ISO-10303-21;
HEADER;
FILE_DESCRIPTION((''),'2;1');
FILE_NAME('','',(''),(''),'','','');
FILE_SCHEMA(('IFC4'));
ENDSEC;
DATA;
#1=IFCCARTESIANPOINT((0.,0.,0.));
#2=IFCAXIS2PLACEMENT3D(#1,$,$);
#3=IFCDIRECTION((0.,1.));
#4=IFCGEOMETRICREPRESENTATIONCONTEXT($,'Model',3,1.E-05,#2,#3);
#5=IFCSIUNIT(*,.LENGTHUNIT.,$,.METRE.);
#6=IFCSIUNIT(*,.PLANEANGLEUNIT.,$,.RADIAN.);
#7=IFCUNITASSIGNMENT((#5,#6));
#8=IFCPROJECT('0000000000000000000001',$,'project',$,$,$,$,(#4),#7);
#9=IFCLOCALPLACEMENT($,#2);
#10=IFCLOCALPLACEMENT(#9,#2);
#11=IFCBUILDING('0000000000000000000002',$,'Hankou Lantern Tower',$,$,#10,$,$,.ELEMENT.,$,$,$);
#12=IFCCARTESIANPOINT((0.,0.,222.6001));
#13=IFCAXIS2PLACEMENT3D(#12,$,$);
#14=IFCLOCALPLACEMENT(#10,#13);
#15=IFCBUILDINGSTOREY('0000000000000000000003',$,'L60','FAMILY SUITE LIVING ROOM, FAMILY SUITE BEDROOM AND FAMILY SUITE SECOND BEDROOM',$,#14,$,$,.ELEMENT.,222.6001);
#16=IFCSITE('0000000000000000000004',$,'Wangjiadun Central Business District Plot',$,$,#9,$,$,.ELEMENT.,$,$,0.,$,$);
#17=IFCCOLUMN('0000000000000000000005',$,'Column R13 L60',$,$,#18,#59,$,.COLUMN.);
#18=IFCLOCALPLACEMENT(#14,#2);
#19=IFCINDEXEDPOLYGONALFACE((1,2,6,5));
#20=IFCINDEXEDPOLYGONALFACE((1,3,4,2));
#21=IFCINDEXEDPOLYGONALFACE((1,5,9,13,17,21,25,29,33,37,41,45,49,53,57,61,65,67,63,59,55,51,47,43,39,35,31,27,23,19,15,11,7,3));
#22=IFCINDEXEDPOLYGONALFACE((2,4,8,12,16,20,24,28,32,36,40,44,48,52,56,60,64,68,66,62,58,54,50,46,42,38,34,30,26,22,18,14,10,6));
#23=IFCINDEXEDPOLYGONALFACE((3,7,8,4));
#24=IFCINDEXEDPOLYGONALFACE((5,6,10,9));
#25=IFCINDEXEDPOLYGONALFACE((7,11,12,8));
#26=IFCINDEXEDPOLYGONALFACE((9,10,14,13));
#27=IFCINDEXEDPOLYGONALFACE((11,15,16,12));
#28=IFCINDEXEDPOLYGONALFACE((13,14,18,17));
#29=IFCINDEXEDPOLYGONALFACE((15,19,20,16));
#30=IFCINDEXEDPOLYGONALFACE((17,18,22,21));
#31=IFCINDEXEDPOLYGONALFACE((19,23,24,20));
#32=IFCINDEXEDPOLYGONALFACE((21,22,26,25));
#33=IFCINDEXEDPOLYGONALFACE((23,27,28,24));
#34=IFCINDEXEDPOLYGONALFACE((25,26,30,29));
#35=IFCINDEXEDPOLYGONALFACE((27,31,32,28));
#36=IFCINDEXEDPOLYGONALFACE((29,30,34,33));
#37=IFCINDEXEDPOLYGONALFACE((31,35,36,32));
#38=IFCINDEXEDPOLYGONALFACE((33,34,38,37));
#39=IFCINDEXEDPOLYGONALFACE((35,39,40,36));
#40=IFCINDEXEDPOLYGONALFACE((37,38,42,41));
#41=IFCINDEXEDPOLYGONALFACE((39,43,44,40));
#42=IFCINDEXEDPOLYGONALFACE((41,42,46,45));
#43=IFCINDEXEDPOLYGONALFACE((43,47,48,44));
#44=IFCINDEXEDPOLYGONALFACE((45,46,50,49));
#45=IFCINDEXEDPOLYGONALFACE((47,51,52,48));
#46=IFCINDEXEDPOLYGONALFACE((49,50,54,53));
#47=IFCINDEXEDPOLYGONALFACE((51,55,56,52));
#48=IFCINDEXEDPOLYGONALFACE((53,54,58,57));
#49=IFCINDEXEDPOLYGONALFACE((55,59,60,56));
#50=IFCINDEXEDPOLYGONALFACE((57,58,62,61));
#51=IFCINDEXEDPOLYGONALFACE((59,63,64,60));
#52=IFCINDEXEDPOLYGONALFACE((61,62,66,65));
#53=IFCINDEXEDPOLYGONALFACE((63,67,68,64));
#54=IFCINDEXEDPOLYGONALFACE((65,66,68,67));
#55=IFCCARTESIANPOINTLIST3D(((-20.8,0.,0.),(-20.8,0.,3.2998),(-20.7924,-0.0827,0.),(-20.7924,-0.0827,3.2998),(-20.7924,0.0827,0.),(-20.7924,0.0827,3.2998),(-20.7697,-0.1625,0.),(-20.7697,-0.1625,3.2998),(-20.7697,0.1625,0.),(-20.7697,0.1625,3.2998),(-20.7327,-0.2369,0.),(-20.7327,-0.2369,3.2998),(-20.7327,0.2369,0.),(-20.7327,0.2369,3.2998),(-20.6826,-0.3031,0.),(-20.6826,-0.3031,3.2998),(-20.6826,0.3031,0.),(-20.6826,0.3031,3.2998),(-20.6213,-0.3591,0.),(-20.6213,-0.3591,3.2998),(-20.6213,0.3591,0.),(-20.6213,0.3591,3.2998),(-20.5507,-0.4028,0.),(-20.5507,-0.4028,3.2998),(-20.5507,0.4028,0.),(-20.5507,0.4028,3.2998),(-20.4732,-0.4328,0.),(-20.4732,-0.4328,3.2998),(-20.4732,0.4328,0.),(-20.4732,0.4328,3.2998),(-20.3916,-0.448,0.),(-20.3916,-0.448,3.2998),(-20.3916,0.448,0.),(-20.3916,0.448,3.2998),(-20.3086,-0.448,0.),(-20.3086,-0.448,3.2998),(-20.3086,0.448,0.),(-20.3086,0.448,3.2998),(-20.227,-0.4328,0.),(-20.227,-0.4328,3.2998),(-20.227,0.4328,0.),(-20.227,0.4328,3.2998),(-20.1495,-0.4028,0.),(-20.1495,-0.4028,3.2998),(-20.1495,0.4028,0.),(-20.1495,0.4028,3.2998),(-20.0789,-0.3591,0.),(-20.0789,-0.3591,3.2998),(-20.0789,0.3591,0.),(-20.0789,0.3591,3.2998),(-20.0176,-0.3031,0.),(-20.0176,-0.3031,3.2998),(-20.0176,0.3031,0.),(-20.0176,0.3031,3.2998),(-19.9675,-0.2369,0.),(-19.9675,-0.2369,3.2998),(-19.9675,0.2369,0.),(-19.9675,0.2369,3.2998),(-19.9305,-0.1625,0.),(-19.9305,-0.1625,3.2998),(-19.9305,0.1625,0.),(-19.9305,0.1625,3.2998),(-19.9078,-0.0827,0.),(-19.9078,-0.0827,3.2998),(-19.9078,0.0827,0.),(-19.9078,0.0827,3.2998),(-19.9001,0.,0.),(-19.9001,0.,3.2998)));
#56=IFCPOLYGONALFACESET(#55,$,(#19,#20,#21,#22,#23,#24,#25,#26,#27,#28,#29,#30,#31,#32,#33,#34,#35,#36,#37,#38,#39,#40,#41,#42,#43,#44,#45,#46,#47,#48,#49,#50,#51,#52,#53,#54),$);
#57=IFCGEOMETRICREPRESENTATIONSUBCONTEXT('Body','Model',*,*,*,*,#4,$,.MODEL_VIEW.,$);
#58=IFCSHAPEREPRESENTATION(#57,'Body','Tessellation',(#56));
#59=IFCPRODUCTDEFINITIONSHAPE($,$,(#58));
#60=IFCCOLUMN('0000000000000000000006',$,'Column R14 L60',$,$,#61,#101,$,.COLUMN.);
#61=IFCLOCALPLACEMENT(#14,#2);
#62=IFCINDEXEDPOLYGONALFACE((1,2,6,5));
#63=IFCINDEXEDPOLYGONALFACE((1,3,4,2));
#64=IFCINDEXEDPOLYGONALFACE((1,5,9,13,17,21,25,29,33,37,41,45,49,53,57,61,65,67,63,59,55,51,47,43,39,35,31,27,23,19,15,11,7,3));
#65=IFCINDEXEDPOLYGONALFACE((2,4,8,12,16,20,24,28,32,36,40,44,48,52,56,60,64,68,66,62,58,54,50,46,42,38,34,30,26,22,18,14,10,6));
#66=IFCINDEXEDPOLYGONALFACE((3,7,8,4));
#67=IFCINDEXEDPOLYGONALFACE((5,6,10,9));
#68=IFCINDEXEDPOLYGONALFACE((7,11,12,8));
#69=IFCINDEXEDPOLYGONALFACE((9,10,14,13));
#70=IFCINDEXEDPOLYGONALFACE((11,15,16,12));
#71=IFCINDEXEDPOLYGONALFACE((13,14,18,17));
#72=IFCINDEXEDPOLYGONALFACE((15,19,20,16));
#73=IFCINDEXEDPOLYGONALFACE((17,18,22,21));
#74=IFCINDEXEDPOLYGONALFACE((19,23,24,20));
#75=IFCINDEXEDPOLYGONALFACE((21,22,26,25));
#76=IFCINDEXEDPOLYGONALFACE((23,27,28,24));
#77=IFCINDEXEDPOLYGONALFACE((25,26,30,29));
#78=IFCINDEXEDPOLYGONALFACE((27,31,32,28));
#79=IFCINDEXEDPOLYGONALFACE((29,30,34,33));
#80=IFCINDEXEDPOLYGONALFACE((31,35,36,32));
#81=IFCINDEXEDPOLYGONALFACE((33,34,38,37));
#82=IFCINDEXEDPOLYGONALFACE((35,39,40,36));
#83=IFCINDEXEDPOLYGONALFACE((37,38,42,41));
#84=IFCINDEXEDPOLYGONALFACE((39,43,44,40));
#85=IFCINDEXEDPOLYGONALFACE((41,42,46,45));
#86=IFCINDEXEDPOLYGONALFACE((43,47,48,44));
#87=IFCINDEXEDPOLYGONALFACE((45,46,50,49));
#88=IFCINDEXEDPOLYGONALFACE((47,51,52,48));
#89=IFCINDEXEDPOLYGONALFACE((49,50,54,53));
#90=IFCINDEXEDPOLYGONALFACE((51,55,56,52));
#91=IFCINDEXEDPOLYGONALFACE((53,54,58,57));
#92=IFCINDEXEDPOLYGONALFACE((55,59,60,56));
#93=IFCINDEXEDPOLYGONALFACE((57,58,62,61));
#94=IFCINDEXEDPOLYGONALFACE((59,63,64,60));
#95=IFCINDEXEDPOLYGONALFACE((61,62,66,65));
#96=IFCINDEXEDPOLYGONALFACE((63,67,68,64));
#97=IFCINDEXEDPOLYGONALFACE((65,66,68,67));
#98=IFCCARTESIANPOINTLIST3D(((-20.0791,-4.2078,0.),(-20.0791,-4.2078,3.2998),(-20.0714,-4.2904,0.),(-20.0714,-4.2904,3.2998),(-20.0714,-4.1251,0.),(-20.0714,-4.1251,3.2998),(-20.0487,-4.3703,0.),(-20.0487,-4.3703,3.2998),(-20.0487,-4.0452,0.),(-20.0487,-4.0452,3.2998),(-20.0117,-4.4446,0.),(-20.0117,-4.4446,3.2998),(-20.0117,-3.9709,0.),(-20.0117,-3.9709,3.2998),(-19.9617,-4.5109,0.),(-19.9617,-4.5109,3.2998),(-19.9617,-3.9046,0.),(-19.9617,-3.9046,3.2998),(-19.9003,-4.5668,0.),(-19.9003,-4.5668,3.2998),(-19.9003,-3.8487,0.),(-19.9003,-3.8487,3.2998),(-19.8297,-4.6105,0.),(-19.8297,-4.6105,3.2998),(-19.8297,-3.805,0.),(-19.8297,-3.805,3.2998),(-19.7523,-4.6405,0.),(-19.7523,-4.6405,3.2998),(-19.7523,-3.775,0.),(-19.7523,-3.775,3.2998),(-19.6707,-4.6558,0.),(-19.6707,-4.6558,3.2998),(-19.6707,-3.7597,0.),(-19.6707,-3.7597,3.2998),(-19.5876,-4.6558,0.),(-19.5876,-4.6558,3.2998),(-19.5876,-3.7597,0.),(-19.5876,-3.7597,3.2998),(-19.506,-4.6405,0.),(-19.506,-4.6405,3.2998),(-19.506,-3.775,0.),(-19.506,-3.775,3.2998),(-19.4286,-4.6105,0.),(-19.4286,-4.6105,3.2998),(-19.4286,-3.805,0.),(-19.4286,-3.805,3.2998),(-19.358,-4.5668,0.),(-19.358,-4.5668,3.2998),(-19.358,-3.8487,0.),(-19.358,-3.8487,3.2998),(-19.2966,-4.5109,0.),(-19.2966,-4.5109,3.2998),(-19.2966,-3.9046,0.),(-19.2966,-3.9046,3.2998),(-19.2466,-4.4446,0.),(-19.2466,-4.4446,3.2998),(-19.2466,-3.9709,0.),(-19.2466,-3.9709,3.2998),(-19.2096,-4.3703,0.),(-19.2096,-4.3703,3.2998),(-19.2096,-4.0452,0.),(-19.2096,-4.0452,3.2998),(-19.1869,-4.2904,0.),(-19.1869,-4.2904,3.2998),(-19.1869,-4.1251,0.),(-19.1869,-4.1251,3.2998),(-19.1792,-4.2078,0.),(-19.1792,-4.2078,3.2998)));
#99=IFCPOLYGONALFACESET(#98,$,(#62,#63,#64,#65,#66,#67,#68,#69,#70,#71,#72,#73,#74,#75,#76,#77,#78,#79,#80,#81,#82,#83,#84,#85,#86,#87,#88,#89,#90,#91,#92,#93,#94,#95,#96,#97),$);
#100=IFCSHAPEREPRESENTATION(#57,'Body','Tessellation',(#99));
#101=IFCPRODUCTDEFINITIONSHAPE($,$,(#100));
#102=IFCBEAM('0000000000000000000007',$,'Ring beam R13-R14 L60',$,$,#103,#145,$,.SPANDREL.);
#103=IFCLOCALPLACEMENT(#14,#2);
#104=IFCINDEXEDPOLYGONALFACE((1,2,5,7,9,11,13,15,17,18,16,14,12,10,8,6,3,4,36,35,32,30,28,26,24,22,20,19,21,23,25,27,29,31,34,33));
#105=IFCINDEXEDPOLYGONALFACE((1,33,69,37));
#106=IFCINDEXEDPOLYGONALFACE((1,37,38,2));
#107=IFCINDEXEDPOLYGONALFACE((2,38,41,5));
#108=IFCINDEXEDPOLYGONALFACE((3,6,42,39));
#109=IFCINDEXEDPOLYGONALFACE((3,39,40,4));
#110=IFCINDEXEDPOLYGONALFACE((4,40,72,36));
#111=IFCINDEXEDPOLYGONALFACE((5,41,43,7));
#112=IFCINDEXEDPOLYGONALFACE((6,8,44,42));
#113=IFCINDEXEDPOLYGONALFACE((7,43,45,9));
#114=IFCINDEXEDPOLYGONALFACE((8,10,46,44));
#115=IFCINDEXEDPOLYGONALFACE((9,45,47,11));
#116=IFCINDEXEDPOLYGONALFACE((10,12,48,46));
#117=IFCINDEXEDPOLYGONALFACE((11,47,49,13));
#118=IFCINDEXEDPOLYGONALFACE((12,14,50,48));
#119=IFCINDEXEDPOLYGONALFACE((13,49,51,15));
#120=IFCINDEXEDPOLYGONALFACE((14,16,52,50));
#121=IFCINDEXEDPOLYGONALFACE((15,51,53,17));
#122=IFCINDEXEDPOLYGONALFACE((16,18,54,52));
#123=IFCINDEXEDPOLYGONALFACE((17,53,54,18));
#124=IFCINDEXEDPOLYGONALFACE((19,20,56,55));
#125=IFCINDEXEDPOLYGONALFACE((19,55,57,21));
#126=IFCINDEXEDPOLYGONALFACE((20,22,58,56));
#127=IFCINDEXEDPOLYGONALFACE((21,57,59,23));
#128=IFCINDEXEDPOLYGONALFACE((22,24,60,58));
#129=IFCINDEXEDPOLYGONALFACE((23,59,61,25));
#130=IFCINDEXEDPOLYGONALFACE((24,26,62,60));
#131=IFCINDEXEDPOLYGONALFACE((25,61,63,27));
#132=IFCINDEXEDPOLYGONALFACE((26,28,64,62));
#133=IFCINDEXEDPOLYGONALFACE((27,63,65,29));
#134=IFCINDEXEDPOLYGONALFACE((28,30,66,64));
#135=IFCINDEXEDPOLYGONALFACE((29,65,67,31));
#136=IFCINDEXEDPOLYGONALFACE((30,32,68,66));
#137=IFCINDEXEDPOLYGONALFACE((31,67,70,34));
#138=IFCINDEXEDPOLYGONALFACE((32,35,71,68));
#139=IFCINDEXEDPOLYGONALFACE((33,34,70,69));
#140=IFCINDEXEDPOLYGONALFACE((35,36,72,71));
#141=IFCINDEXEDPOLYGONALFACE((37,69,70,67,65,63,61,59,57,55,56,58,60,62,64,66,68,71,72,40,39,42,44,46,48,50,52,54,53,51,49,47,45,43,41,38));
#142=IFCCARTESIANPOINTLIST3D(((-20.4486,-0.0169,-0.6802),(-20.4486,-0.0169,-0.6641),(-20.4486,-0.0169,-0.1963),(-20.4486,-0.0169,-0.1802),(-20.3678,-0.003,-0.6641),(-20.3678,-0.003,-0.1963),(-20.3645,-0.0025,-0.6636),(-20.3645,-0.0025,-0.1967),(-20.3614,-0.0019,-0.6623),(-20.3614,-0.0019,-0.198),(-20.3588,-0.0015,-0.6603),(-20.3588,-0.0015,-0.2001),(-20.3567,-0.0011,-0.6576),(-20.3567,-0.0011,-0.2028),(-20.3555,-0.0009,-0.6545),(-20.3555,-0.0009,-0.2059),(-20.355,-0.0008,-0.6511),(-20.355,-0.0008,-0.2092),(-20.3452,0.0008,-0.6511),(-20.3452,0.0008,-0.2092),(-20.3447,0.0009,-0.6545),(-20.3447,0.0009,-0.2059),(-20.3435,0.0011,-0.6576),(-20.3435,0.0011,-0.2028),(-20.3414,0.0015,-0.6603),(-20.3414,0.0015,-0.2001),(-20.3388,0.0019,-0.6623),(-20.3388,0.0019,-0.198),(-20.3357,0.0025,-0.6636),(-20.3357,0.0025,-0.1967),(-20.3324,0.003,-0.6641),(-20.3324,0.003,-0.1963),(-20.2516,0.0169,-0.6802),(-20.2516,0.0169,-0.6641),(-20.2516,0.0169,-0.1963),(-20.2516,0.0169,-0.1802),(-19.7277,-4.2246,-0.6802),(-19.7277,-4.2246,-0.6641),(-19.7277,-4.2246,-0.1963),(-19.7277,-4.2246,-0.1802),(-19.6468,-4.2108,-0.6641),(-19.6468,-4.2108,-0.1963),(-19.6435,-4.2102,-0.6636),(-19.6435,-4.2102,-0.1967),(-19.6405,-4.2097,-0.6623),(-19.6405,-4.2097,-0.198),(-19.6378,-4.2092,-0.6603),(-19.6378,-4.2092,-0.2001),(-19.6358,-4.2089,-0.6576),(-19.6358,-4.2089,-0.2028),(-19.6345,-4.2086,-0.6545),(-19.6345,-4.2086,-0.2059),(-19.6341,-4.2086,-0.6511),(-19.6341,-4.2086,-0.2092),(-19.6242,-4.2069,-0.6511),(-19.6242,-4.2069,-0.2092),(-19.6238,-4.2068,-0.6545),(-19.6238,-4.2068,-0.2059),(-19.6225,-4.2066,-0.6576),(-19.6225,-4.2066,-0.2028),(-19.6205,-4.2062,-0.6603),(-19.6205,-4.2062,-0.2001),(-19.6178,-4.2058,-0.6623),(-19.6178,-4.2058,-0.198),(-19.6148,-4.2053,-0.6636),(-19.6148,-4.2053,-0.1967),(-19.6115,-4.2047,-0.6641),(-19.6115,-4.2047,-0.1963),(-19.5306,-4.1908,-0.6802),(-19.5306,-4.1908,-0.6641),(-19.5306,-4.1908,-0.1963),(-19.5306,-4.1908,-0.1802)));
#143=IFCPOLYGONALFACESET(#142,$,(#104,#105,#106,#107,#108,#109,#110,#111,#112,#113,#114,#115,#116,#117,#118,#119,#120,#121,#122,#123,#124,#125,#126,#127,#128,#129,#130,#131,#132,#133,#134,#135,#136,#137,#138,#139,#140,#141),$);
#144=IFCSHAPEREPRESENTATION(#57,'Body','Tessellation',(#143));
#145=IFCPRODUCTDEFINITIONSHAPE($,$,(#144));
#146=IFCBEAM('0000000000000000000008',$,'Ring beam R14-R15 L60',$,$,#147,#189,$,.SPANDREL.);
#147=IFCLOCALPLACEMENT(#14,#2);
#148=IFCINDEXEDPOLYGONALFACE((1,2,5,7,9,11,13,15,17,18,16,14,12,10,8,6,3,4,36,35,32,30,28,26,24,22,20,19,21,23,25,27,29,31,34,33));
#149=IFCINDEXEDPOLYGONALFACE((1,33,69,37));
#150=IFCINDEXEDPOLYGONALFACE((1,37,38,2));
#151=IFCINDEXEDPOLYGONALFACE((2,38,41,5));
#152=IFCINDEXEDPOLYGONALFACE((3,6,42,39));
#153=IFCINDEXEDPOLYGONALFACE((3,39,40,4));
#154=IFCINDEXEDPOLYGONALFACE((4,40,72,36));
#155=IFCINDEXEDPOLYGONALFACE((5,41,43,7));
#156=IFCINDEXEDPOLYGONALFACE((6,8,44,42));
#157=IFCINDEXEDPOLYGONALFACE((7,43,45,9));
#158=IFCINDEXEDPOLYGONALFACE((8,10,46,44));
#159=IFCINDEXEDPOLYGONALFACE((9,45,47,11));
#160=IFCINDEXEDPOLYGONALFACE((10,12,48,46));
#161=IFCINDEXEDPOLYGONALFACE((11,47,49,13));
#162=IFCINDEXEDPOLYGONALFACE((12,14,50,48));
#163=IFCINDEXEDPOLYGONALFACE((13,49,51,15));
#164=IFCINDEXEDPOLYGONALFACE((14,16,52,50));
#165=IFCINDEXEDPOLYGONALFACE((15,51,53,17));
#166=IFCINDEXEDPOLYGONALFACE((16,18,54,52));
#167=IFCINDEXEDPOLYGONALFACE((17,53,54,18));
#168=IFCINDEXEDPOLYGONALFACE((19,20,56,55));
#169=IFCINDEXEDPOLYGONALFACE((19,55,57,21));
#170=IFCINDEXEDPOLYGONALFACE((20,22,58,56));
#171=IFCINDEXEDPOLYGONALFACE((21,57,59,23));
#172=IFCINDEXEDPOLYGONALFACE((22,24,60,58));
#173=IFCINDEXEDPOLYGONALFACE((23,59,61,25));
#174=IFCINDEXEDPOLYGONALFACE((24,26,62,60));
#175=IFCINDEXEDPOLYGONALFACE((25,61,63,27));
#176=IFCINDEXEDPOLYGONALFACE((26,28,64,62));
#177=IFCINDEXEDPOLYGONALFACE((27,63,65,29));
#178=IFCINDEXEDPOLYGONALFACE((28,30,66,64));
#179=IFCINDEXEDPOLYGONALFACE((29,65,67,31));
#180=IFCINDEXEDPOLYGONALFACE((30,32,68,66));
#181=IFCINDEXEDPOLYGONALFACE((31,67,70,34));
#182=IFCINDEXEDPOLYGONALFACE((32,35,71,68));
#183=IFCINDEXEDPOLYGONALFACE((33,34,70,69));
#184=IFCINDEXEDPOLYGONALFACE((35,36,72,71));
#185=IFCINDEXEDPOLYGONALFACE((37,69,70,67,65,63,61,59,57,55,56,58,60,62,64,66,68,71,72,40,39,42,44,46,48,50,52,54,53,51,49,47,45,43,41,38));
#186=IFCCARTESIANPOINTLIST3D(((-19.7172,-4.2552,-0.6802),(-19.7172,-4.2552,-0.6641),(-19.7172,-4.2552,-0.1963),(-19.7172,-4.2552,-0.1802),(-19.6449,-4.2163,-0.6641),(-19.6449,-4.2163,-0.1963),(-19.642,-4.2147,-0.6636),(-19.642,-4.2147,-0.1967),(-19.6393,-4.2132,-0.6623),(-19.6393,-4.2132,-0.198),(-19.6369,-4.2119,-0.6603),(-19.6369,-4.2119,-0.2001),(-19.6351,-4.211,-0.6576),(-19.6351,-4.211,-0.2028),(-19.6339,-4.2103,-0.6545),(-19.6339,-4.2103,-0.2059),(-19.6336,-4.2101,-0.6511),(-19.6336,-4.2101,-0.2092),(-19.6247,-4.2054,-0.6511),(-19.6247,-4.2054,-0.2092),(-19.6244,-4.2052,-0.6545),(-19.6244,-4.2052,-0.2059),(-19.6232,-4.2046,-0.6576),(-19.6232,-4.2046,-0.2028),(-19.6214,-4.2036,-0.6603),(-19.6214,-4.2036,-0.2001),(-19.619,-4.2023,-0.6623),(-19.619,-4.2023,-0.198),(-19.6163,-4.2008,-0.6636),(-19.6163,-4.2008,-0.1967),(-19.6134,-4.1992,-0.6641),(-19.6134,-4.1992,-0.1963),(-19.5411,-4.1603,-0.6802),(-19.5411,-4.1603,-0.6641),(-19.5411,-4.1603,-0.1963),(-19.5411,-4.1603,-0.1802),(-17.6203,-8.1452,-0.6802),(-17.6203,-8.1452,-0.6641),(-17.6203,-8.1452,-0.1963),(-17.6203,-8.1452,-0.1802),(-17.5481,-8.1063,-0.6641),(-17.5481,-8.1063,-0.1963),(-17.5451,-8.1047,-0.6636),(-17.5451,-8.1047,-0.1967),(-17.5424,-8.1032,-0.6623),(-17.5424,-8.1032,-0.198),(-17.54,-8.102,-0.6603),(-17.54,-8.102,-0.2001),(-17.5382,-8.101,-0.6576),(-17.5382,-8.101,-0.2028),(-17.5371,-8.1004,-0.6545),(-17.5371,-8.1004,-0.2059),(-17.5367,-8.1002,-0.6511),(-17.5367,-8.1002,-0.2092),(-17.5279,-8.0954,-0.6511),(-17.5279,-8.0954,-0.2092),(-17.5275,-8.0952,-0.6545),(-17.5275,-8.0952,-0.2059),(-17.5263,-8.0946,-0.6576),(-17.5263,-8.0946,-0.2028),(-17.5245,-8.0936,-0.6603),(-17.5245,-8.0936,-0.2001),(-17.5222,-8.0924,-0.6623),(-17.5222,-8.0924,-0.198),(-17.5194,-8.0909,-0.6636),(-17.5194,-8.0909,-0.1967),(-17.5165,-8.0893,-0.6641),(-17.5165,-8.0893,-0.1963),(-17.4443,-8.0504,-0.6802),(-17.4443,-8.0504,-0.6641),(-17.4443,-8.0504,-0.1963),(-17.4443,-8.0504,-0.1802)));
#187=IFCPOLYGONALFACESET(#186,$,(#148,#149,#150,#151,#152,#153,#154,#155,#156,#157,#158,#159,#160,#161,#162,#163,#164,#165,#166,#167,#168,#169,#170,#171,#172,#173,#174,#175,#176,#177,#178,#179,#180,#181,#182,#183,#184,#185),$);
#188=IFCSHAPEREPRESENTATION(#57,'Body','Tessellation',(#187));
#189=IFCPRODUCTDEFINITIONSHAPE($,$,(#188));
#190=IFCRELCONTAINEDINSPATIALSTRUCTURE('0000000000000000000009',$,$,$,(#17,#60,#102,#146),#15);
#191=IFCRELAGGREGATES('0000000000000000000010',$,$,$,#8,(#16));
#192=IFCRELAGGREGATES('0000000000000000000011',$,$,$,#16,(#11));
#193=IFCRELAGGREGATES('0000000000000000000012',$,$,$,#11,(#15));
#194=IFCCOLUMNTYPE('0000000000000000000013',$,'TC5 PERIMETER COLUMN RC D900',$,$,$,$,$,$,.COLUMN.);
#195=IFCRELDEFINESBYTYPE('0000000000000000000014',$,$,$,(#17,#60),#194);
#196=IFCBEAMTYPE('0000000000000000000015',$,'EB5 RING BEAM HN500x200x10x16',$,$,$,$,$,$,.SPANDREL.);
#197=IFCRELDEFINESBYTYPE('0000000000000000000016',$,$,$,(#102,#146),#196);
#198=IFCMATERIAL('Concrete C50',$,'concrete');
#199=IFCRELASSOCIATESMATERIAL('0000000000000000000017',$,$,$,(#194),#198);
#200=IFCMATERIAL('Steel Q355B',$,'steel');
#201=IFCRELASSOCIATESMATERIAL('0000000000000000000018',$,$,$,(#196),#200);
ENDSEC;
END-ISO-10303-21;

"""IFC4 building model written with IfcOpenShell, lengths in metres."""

from ifc_helpers import new_model, si_unit, direction, frame, origin, origin_2d, place, context, subcontext, project, spatial, circle, i_section, extrude, material, material_profile, profile_set, type_object, element, save


model = new_model("IFC4")

# Units and contexts
model_context = context("Model", 3, precision=1e-05, world=origin(), true_north=direction((0.0, 1.0)))
body_context = subcontext(model_context, "Body", "Model", "MODEL_VIEW")
ifc_project = project(units=[si_unit("LENGTHUNIT", "METRE"), si_unit("PLANEANGLEUNIT", "RADIAN")], contexts=[model_context])

# Site, building, storey
site_placement = place(None, origin())
site = spatial("IfcSite", under=ifc_project, at=site_placement, Name="Wangjiadun Central Business District Plot", CompositionType="ELEMENT", RefElevation=0.0)
building_placement = place(site_placement, origin())
building = spatial("IfcBuilding", under=site, at=building_placement, Name="Hankou Lantern Tower", CompositionType="ELEMENT")
storey_placement = place(building_placement, frame((0.0, 0.0, 222.6001)))
storey = spatial("IfcBuildingStorey", under=building, at=storey_placement, Name="L60", Description="FAMILY SUITE LIVING ROOM, FAMILY SUITE BEDROOM AND FAMILY SUITE SECOND BEDROOM", CompositionType="ELEMENT", Elevation=222.6001)

# Columns
ifc_material_1 = material(Name="Concrete C50", Category="concrete")
ifc_material_profile_1 = material_profile(ifc_material_1, circle(Radius=0.45, at=origin_2d()), Name="RC D900")
ifc_profile_set_1 = profile_set([ifc_material_profile_1], Name="Concrete C50")
column_type = type_object("IfcColumnType", Name="TC5 PERIMETER COLUMN RC D900", PredefinedType="COLUMN", material=ifc_profile_set_1)
for number, where, z_axis, x_axis, name in (
    (1, (-20.3501, 0.0, 0.0), (0.0, 0.0, 1.0), (1.0, 0.0, 0.0), "Column R13 L60"),
    (2, (-19.6292, -4.2078, 0.0), (0.0, 0.0, 1.0), (1.0, 0.0, 0.0), "Column R14 L60"),
):
    element("IfcColumn", number, at=place(storey_placement, frame(where, z_axis=z_axis, x_axis=x_axis)), inside=storey, type_object=column_type, Name=name, PredefinedType="COLUMN", context=body_context, shape_type="SweptSolid", body=[
        extrude(circle(Radius=0.45, at=origin_2d()), origin(), (0.0, 0.0, 1.0), 3.2998),
    ])

# Beams
ifc_material_2 = material(Name="Steel Q355B", Category="steel")
ifc_material_profile_2 = material_profile(ifc_material_2, i_section(OverallWidth=0.2, OverallDepth=0.5, WebThickness=0.01, FlangeThickness=0.0161, FilletRadius=0.0129, at=origin_2d()), Name="HN500x200x10x16")
ifc_profile_set_2 = profile_set([ifc_material_profile_2], Name="Steel Q355B")
beam_type_1 = type_object("IfcBeamType", Name="EB5 RING BEAM HN500x200x10x16", PredefinedType="SPANDREL", material=ifc_profile_set_2)
beam_1_placement = place(storey_placement, frame((-20.3501, 0.0, -0.4302), z_axis=(0.168877, -0.985637, 0.0), x_axis=(0.985637, 0.168877, 0.0)))
element("IfcBeam", 3, at=beam_1_placement, inside=storey, type_object=beam_type_1, Name="Ring beam R13-R14 L60", PredefinedType="SPANDREL", context=body_context, shape_type="SweptSolid", body=[
    extrude(i_section(OverallWidth=0.2, OverallDepth=0.5, WebThickness=0.01, FlangeThickness=0.0161, FilletRadius=0.0129, at=origin_2d()), origin(), (0.0, 0.0, 1.0), 4.269),
])
beam_2_placement = place(storey_placement, frame((-19.6292, -4.2078, -0.4302), z_axis=(0.474492, -0.88026, 0.0), x_axis=(0.88026, 0.474492, 0.0)))
element("IfcBeam", 4, at=beam_2_placement, inside=storey, type_object=beam_type_1, Name="Ring beam R14-R15 L60", PredefinedType="SPANDREL", context=body_context, shape_type="SweptSolid", body=[
    extrude(i_section(OverallWidth=0.2, OverallDepth=0.5, WebThickness=0.01, FlangeThickness=0.0161, FilletRadius=0.0129, at=origin_2d()), origin(), (0.0, 0.0, 1.0), 4.4192),
])

save(model, "model.ifc")
